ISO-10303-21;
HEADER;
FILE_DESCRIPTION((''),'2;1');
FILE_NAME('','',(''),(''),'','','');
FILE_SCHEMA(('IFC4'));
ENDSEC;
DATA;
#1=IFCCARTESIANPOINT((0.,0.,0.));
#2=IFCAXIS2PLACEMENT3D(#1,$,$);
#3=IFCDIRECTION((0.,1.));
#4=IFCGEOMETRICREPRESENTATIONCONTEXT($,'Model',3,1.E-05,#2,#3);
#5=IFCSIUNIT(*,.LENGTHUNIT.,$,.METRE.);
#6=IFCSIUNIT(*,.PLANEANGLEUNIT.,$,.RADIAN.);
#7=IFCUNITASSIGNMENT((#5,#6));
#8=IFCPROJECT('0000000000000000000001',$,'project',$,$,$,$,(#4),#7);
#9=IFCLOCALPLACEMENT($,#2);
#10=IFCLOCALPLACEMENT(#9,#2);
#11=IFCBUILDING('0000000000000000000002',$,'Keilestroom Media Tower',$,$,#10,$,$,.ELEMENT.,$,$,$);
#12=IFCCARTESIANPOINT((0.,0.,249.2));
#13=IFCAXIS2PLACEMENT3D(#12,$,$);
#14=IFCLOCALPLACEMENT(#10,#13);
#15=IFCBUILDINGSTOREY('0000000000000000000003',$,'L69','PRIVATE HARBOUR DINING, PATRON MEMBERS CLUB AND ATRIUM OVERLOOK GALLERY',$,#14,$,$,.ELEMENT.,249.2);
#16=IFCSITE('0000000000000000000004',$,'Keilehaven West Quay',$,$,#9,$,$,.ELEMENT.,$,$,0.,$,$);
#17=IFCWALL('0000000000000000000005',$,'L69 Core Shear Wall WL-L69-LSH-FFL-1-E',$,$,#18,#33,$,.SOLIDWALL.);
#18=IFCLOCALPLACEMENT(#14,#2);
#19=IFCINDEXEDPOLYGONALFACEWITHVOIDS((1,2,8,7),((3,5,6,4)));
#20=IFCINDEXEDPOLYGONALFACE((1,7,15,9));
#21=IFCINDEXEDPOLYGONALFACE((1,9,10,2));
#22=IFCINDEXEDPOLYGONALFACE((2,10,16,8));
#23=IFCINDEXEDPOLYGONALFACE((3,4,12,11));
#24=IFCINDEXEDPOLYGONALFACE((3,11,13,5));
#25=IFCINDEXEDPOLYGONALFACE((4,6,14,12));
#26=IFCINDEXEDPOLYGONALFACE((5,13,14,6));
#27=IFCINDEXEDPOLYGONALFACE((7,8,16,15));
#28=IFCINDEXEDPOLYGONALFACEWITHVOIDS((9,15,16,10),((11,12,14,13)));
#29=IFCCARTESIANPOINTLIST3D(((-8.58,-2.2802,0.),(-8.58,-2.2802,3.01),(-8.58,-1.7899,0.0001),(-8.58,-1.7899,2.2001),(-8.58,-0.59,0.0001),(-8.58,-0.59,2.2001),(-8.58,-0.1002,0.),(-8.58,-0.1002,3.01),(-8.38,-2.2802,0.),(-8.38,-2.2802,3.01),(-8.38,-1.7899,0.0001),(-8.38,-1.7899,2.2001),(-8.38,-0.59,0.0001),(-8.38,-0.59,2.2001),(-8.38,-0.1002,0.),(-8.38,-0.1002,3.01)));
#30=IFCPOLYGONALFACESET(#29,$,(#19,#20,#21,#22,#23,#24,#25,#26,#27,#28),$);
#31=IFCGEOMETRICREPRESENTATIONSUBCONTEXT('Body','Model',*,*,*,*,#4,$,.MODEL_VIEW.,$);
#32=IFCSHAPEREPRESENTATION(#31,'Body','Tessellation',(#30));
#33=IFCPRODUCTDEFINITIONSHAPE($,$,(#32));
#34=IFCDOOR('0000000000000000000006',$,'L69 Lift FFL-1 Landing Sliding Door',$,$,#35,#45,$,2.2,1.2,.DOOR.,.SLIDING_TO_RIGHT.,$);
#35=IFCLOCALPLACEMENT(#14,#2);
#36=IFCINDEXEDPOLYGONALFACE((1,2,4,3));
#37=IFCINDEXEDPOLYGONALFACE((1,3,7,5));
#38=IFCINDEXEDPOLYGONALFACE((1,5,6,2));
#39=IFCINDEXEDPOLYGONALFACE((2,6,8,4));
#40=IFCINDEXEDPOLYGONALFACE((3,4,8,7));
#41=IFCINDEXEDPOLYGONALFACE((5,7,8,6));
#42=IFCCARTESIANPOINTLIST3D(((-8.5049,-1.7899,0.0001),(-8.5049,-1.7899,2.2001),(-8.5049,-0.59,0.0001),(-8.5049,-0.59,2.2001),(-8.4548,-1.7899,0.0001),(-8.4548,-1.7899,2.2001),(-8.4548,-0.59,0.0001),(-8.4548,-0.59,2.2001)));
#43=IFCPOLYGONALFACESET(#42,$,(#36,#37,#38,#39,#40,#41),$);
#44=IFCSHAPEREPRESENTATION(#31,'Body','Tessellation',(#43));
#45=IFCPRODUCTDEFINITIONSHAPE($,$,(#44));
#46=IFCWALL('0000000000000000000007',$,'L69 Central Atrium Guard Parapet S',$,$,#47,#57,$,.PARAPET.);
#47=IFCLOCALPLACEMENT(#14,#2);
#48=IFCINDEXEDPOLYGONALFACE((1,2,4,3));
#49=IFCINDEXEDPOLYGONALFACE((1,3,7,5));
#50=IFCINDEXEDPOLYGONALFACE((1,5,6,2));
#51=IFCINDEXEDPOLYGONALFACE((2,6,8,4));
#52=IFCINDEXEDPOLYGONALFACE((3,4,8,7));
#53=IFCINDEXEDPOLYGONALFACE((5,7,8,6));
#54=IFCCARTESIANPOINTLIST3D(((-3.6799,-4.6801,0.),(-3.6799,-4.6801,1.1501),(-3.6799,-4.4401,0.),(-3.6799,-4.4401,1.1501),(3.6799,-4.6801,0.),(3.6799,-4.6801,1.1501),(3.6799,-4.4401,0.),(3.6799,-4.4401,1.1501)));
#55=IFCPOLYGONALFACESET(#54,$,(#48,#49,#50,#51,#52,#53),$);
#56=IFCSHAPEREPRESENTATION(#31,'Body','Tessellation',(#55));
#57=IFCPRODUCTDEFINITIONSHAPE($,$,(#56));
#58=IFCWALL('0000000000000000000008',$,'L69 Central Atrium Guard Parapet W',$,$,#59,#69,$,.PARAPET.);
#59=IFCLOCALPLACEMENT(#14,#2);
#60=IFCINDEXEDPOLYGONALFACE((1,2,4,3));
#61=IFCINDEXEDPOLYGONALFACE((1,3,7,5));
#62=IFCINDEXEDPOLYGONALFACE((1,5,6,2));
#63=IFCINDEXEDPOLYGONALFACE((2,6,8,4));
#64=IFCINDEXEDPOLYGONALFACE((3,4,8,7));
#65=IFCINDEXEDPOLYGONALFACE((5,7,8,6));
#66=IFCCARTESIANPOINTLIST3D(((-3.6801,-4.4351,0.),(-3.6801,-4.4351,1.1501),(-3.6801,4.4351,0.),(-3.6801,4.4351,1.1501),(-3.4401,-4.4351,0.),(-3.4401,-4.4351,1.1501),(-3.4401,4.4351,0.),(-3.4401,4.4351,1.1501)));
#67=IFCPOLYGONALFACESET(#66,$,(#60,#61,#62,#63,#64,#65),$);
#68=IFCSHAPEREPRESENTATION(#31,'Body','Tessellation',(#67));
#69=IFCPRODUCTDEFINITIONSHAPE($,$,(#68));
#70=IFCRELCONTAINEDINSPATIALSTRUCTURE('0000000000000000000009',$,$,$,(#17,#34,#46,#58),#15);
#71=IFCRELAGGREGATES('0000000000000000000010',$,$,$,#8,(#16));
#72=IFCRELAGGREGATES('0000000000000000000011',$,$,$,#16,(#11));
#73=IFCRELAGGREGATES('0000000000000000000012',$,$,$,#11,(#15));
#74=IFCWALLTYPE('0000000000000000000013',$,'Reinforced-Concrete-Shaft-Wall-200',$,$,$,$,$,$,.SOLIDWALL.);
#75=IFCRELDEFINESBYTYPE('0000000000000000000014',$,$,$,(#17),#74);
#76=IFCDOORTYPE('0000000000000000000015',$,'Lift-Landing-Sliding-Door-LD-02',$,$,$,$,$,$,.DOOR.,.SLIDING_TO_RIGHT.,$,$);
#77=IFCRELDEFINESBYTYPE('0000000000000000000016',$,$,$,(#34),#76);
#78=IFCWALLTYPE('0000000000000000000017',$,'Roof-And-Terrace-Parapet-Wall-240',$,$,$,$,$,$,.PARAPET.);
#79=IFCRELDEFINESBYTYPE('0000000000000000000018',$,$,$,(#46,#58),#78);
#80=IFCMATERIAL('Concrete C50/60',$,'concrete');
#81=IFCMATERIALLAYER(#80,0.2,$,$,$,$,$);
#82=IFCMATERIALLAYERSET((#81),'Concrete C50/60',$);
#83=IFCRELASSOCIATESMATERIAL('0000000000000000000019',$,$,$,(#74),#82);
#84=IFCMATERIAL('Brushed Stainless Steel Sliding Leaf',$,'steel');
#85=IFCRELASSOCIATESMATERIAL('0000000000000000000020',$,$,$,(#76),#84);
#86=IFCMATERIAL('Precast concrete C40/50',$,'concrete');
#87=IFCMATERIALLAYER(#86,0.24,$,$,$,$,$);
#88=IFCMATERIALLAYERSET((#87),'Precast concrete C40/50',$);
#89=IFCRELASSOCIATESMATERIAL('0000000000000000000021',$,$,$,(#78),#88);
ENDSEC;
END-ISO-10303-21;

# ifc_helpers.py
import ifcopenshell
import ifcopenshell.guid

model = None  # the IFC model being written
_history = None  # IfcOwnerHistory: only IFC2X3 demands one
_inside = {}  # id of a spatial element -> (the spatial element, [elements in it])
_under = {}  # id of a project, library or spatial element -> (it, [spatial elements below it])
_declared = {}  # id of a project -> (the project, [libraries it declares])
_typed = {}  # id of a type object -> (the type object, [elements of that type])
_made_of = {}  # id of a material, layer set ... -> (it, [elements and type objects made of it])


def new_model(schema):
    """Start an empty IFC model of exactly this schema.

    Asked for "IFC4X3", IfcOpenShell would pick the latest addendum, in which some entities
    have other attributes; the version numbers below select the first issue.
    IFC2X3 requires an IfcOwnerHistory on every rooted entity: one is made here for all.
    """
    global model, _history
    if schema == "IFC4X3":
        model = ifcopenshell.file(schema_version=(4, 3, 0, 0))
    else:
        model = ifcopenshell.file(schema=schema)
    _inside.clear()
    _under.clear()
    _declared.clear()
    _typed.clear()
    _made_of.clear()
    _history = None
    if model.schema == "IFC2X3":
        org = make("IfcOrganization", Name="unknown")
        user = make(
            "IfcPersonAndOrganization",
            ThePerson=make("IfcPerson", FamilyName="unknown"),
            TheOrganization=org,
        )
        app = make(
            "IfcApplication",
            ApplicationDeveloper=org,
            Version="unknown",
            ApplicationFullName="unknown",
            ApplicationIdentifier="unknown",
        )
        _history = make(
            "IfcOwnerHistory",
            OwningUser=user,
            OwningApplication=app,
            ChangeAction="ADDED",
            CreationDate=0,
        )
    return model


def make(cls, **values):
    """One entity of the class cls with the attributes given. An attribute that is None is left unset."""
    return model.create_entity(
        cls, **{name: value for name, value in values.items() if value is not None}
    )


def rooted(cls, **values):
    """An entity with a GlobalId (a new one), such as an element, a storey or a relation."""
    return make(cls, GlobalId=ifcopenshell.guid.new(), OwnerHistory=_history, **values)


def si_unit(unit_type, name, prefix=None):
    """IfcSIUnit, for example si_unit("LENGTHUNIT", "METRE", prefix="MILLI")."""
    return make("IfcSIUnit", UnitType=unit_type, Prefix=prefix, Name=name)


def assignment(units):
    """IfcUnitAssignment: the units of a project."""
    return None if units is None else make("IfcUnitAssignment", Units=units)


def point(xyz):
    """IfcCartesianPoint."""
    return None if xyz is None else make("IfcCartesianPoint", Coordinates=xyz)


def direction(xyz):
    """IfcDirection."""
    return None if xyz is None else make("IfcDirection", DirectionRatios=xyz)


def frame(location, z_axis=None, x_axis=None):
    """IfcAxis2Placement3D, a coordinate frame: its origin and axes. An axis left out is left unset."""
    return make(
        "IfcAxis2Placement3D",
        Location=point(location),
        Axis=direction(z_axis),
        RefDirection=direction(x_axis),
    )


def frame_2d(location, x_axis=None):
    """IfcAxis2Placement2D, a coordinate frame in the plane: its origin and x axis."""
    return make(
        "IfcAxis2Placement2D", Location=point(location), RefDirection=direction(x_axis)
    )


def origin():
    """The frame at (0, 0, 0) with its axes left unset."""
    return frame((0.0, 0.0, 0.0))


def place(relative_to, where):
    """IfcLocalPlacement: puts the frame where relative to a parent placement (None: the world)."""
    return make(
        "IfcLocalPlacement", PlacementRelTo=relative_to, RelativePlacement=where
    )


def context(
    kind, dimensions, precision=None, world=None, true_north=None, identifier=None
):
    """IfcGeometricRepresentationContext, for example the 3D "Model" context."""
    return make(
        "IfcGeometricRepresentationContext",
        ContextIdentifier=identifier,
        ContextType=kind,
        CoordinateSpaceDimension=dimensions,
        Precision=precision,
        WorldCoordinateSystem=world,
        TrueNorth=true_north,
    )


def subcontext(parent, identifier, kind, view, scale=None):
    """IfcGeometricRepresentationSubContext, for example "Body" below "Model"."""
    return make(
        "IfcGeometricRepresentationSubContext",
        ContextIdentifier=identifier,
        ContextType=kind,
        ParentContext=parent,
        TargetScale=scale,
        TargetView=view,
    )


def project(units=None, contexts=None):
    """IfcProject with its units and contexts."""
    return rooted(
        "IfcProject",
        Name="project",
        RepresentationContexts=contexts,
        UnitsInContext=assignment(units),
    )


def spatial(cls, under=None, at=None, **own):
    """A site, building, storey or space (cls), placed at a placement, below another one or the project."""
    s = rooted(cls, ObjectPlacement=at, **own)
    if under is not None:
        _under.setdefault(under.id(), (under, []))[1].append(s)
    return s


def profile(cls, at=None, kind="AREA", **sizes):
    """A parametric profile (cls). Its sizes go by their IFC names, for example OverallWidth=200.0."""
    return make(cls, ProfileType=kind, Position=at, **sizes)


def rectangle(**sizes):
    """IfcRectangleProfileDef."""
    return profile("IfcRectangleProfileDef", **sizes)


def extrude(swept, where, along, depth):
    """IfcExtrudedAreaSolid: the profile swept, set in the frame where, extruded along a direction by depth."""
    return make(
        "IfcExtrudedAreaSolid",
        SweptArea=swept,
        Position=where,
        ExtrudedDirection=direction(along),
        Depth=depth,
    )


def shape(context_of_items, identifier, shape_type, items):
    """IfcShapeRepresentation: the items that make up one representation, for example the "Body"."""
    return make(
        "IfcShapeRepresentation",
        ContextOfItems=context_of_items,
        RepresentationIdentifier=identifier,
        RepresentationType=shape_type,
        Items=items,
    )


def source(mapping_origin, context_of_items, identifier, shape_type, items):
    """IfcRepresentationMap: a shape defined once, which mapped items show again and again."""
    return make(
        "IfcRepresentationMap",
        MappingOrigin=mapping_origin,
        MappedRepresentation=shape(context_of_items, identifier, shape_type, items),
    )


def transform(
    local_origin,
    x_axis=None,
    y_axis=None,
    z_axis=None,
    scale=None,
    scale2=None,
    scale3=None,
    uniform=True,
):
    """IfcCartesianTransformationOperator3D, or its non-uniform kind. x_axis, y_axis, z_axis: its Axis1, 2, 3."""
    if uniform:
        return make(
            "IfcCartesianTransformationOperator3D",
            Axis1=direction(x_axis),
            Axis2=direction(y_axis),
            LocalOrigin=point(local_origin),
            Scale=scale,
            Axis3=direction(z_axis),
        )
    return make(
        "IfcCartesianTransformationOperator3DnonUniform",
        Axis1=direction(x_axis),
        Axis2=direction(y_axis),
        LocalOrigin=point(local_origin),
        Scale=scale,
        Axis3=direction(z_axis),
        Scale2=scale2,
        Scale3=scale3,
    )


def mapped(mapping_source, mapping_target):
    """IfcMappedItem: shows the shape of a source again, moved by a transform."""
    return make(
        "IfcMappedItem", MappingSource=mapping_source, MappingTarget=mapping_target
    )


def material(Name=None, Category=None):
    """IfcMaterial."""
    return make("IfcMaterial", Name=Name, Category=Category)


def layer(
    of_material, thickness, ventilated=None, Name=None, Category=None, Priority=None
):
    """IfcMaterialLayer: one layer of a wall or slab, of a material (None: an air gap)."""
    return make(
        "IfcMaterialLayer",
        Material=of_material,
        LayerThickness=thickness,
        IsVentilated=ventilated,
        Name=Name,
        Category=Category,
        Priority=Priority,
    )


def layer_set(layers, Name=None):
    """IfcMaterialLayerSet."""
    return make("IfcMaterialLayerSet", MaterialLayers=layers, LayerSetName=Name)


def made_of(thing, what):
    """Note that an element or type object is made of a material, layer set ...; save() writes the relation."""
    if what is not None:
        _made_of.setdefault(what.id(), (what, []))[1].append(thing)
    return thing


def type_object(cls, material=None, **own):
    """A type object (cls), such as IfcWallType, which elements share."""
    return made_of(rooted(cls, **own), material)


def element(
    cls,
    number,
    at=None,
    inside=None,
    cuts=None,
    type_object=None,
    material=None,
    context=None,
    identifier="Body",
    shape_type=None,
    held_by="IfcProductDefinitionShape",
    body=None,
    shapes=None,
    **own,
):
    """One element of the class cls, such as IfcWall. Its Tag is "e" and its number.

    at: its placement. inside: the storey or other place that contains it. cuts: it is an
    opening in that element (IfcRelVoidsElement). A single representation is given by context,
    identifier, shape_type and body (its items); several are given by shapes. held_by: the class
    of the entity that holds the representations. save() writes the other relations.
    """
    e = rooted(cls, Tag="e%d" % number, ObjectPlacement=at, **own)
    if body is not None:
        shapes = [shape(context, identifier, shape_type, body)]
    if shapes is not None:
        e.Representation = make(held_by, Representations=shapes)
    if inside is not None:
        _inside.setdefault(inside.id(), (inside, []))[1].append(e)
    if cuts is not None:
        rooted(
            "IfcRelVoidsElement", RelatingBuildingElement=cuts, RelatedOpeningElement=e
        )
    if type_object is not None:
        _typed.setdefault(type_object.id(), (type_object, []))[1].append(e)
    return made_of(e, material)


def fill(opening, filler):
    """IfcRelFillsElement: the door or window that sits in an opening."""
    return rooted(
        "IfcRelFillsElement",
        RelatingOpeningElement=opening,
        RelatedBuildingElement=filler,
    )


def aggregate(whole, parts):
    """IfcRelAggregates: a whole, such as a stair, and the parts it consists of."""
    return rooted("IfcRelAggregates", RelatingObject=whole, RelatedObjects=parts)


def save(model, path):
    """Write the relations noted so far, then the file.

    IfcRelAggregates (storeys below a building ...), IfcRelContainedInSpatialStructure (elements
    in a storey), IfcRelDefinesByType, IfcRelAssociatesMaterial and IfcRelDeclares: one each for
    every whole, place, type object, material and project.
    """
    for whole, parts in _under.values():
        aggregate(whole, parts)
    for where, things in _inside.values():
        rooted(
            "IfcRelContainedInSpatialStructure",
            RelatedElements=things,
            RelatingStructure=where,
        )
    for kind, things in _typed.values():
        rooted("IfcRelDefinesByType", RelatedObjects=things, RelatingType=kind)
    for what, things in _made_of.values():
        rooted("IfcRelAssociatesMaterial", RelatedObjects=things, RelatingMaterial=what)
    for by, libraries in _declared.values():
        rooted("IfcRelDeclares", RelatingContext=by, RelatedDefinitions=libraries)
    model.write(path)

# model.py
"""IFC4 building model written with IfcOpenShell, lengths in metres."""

from ifc_helpers import new_model, si_unit, direction, frame, frame_2d, origin, place, context, subcontext, project, spatial, rectangle, extrude, source, transform, mapped, material, layer, layer_set, type_object, element, fill, save


model = new_model("IFC4")

# Units and contexts
model_context = context("Model", 3, precision=1e-05, world=origin(), true_north=direction((0.0, 1.0)))
body_context = subcontext(model_context, "Body", "Model", "MODEL_VIEW")
ifc_project = project(units=[si_unit("LENGTHUNIT", "METRE"), si_unit("PLANEANGLEUNIT", "RADIAN")], contexts=[model_context])

# Site, building, storey
site_placement = place(None, origin())
site = spatial("IfcSite", under=ifc_project, at=site_placement, Name="Keilehaven West Quay", CompositionType="ELEMENT", RefElevation=0.0)
building_placement = place(site_placement, origin())
building = spatial("IfcBuilding", under=site, at=building_placement, Name="Keilestroom Media Tower", CompositionType="ELEMENT")
storey_placement = place(building_placement, frame((0.0, 0.0, 249.2)))
storey = spatial("IfcBuildingStorey", under=building, at=storey_placement, Name="L69", Description="PRIVATE HARBOUR DINING, PATRON MEMBERS CLUB AND ATRIUM OVERLOOK GALLERY", CompositionType="ELEMENT", Elevation=249.2)

# Shared definitions
ifc_material_1 = material(Name="Concrete C50/60", Category="concrete")

# Shared definitions
shared_shape_1 = source(origin(), body_context, "Body", "SweptSolid", [
    extrude(rectangle(XDim=1.2, YDim=2.2, at=frame_2d((0.6001, 1.1001))), frame((0.0, 0.0249, 0.0), z_axis=(0.0, -1.0, 0.0), x_axis=(1.0, 0.0, 0.0)), (0.0, 0.0, 1.0), 0.05),
])

# Shared definitions
ifc_layer_1 = layer(ifc_material_1, 0.2)
ifc_layer_set_1 = layer_set([ifc_layer_1], Name="Concrete C50/60")
wall_type_1 = type_object("IfcWallType", Name="Reinforced-Concrete-Shaft-Wall-200", PredefinedType="SOLIDWALL", material=ifc_layer_set_1)

# Wall, opening, door
wall_1_placement = place(storey_placement, frame((-8.48, -2.28, 0.0), z_axis=(0.0, 0.0, 1.0), x_axis=(0.0, 1.0, 0.0)))
wall_1 = element("IfcWall", 1, at=wall_1_placement, inside=storey, type_object=wall_type_1, Name="L69 Core Shear Wall WL-L69-LSH-FFL-1-E", PredefinedType="SOLIDWALL", context=body_context, shape_type="SweptSolid", body=[
    extrude(rectangle(XDim=2.1799, YDim=0.2, at=frame_2d((1.0898, 0.0))), origin(), (0.0, 0.0, 1.0), 3.01),
])
opening_1_placement = place(wall_1_placement, frame((0.49, 0.0, 0.0)))
opening_1 = element("IfcOpeningElement", 2, at=opening_1_placement, cuts=wall_1, PredefinedType="OPENING", context=body_context, shape_type="SweptSolid", body=[
    extrude(rectangle(XDim=1.2, YDim=2.2, at=frame_2d((0.6001, 1.1001))), frame((0.0, 0.1099, 0.0), z_axis=(0.0, -1.0, 0.0), x_axis=(1.0, 0.0, 0.0)), (0.0, 0.0, 1.0), 0.22),
])
ifc_material_2 = material(Name="Brushed Stainless Steel Sliding Leaf", Category="steel")
door_type_1 = type_object("IfcDoorType", Name="Lift-Landing-Sliding-Door-LD-02", OperationType="SLIDING_TO_RIGHT", PredefinedType="DOOR", material=ifc_material_2)
door_1_placement = place(opening_1_placement, origin())
door_1 = element("IfcDoor", 3, at=door_1_placement, inside=storey, type_object=door_type_1, Name="L69 Lift FFL-1 Landing Sliding Door", OperationType="SLIDING_TO_RIGHT", OverallHeight=2.2, OverallWidth=1.2, PredefinedType="DOOR", context=body_context, shape_type="MappedRepresentation", body=[
    mapped(shared_shape_1, transform((0.0, 0.0, 0.0), x_axis=(1.0, 0.0, 0.0), y_axis=(0.0, 1.0, 0.0), z_axis=(0.0, 0.0, 1.0), scale=1.0)),
])
fill(opening_1, door_1)

# Walls
ifc_material_3 = material(Name="Precast concrete C40/50", Category="concrete")
ifc_layer_2 = layer(ifc_material_3, 0.24)
ifc_layer_set_2 = layer_set([ifc_layer_2], Name="Precast concrete C40/50")
wall_type_2 = type_object("IfcWallType", Name="Roof-And-Terrace-Parapet-Wall-240", PredefinedType="PARAPET", material=ifc_layer_set_2)
wall_2_placement = place(storey_placement, frame((-3.6799, -4.5601, 0.0), z_axis=(0.0, 0.0, 1.0), x_axis=(1.0, 0.0, 0.0)))
element("IfcWall", 4, at=wall_2_placement, inside=storey, type_object=wall_type_2, Name="L69 Central Atrium Guard Parapet S", PredefinedType="PARAPET", context=body_context, shape_type="SweptSolid", body=[
    extrude(rectangle(XDim=7.3599, YDim=0.24, at=frame_2d((3.6799, 0.0))), origin(), (0.0, 0.0, 1.0), 1.1501),
])
wall_3_placement = place(storey_placement, frame((-3.5601, -4.4351, 0.0), z_axis=(0.0, 0.0, 1.0), x_axis=(0.0, 1.0, 0.0)))
element("IfcWall", 5, at=wall_3_placement, inside=storey, type_object=wall_type_2, Name="L69 Central Atrium Guard Parapet W", PredefinedType="PARAPET", context=body_context, shape_type="SweptSolid", body=[
    extrude(rectangle(XDim=8.8701, YDim=0.24, at=frame_2d((4.4351, 0.0))), origin(), (0.0, 0.0, 1.0), 1.1501),
])

save(model, "model.ifc")
